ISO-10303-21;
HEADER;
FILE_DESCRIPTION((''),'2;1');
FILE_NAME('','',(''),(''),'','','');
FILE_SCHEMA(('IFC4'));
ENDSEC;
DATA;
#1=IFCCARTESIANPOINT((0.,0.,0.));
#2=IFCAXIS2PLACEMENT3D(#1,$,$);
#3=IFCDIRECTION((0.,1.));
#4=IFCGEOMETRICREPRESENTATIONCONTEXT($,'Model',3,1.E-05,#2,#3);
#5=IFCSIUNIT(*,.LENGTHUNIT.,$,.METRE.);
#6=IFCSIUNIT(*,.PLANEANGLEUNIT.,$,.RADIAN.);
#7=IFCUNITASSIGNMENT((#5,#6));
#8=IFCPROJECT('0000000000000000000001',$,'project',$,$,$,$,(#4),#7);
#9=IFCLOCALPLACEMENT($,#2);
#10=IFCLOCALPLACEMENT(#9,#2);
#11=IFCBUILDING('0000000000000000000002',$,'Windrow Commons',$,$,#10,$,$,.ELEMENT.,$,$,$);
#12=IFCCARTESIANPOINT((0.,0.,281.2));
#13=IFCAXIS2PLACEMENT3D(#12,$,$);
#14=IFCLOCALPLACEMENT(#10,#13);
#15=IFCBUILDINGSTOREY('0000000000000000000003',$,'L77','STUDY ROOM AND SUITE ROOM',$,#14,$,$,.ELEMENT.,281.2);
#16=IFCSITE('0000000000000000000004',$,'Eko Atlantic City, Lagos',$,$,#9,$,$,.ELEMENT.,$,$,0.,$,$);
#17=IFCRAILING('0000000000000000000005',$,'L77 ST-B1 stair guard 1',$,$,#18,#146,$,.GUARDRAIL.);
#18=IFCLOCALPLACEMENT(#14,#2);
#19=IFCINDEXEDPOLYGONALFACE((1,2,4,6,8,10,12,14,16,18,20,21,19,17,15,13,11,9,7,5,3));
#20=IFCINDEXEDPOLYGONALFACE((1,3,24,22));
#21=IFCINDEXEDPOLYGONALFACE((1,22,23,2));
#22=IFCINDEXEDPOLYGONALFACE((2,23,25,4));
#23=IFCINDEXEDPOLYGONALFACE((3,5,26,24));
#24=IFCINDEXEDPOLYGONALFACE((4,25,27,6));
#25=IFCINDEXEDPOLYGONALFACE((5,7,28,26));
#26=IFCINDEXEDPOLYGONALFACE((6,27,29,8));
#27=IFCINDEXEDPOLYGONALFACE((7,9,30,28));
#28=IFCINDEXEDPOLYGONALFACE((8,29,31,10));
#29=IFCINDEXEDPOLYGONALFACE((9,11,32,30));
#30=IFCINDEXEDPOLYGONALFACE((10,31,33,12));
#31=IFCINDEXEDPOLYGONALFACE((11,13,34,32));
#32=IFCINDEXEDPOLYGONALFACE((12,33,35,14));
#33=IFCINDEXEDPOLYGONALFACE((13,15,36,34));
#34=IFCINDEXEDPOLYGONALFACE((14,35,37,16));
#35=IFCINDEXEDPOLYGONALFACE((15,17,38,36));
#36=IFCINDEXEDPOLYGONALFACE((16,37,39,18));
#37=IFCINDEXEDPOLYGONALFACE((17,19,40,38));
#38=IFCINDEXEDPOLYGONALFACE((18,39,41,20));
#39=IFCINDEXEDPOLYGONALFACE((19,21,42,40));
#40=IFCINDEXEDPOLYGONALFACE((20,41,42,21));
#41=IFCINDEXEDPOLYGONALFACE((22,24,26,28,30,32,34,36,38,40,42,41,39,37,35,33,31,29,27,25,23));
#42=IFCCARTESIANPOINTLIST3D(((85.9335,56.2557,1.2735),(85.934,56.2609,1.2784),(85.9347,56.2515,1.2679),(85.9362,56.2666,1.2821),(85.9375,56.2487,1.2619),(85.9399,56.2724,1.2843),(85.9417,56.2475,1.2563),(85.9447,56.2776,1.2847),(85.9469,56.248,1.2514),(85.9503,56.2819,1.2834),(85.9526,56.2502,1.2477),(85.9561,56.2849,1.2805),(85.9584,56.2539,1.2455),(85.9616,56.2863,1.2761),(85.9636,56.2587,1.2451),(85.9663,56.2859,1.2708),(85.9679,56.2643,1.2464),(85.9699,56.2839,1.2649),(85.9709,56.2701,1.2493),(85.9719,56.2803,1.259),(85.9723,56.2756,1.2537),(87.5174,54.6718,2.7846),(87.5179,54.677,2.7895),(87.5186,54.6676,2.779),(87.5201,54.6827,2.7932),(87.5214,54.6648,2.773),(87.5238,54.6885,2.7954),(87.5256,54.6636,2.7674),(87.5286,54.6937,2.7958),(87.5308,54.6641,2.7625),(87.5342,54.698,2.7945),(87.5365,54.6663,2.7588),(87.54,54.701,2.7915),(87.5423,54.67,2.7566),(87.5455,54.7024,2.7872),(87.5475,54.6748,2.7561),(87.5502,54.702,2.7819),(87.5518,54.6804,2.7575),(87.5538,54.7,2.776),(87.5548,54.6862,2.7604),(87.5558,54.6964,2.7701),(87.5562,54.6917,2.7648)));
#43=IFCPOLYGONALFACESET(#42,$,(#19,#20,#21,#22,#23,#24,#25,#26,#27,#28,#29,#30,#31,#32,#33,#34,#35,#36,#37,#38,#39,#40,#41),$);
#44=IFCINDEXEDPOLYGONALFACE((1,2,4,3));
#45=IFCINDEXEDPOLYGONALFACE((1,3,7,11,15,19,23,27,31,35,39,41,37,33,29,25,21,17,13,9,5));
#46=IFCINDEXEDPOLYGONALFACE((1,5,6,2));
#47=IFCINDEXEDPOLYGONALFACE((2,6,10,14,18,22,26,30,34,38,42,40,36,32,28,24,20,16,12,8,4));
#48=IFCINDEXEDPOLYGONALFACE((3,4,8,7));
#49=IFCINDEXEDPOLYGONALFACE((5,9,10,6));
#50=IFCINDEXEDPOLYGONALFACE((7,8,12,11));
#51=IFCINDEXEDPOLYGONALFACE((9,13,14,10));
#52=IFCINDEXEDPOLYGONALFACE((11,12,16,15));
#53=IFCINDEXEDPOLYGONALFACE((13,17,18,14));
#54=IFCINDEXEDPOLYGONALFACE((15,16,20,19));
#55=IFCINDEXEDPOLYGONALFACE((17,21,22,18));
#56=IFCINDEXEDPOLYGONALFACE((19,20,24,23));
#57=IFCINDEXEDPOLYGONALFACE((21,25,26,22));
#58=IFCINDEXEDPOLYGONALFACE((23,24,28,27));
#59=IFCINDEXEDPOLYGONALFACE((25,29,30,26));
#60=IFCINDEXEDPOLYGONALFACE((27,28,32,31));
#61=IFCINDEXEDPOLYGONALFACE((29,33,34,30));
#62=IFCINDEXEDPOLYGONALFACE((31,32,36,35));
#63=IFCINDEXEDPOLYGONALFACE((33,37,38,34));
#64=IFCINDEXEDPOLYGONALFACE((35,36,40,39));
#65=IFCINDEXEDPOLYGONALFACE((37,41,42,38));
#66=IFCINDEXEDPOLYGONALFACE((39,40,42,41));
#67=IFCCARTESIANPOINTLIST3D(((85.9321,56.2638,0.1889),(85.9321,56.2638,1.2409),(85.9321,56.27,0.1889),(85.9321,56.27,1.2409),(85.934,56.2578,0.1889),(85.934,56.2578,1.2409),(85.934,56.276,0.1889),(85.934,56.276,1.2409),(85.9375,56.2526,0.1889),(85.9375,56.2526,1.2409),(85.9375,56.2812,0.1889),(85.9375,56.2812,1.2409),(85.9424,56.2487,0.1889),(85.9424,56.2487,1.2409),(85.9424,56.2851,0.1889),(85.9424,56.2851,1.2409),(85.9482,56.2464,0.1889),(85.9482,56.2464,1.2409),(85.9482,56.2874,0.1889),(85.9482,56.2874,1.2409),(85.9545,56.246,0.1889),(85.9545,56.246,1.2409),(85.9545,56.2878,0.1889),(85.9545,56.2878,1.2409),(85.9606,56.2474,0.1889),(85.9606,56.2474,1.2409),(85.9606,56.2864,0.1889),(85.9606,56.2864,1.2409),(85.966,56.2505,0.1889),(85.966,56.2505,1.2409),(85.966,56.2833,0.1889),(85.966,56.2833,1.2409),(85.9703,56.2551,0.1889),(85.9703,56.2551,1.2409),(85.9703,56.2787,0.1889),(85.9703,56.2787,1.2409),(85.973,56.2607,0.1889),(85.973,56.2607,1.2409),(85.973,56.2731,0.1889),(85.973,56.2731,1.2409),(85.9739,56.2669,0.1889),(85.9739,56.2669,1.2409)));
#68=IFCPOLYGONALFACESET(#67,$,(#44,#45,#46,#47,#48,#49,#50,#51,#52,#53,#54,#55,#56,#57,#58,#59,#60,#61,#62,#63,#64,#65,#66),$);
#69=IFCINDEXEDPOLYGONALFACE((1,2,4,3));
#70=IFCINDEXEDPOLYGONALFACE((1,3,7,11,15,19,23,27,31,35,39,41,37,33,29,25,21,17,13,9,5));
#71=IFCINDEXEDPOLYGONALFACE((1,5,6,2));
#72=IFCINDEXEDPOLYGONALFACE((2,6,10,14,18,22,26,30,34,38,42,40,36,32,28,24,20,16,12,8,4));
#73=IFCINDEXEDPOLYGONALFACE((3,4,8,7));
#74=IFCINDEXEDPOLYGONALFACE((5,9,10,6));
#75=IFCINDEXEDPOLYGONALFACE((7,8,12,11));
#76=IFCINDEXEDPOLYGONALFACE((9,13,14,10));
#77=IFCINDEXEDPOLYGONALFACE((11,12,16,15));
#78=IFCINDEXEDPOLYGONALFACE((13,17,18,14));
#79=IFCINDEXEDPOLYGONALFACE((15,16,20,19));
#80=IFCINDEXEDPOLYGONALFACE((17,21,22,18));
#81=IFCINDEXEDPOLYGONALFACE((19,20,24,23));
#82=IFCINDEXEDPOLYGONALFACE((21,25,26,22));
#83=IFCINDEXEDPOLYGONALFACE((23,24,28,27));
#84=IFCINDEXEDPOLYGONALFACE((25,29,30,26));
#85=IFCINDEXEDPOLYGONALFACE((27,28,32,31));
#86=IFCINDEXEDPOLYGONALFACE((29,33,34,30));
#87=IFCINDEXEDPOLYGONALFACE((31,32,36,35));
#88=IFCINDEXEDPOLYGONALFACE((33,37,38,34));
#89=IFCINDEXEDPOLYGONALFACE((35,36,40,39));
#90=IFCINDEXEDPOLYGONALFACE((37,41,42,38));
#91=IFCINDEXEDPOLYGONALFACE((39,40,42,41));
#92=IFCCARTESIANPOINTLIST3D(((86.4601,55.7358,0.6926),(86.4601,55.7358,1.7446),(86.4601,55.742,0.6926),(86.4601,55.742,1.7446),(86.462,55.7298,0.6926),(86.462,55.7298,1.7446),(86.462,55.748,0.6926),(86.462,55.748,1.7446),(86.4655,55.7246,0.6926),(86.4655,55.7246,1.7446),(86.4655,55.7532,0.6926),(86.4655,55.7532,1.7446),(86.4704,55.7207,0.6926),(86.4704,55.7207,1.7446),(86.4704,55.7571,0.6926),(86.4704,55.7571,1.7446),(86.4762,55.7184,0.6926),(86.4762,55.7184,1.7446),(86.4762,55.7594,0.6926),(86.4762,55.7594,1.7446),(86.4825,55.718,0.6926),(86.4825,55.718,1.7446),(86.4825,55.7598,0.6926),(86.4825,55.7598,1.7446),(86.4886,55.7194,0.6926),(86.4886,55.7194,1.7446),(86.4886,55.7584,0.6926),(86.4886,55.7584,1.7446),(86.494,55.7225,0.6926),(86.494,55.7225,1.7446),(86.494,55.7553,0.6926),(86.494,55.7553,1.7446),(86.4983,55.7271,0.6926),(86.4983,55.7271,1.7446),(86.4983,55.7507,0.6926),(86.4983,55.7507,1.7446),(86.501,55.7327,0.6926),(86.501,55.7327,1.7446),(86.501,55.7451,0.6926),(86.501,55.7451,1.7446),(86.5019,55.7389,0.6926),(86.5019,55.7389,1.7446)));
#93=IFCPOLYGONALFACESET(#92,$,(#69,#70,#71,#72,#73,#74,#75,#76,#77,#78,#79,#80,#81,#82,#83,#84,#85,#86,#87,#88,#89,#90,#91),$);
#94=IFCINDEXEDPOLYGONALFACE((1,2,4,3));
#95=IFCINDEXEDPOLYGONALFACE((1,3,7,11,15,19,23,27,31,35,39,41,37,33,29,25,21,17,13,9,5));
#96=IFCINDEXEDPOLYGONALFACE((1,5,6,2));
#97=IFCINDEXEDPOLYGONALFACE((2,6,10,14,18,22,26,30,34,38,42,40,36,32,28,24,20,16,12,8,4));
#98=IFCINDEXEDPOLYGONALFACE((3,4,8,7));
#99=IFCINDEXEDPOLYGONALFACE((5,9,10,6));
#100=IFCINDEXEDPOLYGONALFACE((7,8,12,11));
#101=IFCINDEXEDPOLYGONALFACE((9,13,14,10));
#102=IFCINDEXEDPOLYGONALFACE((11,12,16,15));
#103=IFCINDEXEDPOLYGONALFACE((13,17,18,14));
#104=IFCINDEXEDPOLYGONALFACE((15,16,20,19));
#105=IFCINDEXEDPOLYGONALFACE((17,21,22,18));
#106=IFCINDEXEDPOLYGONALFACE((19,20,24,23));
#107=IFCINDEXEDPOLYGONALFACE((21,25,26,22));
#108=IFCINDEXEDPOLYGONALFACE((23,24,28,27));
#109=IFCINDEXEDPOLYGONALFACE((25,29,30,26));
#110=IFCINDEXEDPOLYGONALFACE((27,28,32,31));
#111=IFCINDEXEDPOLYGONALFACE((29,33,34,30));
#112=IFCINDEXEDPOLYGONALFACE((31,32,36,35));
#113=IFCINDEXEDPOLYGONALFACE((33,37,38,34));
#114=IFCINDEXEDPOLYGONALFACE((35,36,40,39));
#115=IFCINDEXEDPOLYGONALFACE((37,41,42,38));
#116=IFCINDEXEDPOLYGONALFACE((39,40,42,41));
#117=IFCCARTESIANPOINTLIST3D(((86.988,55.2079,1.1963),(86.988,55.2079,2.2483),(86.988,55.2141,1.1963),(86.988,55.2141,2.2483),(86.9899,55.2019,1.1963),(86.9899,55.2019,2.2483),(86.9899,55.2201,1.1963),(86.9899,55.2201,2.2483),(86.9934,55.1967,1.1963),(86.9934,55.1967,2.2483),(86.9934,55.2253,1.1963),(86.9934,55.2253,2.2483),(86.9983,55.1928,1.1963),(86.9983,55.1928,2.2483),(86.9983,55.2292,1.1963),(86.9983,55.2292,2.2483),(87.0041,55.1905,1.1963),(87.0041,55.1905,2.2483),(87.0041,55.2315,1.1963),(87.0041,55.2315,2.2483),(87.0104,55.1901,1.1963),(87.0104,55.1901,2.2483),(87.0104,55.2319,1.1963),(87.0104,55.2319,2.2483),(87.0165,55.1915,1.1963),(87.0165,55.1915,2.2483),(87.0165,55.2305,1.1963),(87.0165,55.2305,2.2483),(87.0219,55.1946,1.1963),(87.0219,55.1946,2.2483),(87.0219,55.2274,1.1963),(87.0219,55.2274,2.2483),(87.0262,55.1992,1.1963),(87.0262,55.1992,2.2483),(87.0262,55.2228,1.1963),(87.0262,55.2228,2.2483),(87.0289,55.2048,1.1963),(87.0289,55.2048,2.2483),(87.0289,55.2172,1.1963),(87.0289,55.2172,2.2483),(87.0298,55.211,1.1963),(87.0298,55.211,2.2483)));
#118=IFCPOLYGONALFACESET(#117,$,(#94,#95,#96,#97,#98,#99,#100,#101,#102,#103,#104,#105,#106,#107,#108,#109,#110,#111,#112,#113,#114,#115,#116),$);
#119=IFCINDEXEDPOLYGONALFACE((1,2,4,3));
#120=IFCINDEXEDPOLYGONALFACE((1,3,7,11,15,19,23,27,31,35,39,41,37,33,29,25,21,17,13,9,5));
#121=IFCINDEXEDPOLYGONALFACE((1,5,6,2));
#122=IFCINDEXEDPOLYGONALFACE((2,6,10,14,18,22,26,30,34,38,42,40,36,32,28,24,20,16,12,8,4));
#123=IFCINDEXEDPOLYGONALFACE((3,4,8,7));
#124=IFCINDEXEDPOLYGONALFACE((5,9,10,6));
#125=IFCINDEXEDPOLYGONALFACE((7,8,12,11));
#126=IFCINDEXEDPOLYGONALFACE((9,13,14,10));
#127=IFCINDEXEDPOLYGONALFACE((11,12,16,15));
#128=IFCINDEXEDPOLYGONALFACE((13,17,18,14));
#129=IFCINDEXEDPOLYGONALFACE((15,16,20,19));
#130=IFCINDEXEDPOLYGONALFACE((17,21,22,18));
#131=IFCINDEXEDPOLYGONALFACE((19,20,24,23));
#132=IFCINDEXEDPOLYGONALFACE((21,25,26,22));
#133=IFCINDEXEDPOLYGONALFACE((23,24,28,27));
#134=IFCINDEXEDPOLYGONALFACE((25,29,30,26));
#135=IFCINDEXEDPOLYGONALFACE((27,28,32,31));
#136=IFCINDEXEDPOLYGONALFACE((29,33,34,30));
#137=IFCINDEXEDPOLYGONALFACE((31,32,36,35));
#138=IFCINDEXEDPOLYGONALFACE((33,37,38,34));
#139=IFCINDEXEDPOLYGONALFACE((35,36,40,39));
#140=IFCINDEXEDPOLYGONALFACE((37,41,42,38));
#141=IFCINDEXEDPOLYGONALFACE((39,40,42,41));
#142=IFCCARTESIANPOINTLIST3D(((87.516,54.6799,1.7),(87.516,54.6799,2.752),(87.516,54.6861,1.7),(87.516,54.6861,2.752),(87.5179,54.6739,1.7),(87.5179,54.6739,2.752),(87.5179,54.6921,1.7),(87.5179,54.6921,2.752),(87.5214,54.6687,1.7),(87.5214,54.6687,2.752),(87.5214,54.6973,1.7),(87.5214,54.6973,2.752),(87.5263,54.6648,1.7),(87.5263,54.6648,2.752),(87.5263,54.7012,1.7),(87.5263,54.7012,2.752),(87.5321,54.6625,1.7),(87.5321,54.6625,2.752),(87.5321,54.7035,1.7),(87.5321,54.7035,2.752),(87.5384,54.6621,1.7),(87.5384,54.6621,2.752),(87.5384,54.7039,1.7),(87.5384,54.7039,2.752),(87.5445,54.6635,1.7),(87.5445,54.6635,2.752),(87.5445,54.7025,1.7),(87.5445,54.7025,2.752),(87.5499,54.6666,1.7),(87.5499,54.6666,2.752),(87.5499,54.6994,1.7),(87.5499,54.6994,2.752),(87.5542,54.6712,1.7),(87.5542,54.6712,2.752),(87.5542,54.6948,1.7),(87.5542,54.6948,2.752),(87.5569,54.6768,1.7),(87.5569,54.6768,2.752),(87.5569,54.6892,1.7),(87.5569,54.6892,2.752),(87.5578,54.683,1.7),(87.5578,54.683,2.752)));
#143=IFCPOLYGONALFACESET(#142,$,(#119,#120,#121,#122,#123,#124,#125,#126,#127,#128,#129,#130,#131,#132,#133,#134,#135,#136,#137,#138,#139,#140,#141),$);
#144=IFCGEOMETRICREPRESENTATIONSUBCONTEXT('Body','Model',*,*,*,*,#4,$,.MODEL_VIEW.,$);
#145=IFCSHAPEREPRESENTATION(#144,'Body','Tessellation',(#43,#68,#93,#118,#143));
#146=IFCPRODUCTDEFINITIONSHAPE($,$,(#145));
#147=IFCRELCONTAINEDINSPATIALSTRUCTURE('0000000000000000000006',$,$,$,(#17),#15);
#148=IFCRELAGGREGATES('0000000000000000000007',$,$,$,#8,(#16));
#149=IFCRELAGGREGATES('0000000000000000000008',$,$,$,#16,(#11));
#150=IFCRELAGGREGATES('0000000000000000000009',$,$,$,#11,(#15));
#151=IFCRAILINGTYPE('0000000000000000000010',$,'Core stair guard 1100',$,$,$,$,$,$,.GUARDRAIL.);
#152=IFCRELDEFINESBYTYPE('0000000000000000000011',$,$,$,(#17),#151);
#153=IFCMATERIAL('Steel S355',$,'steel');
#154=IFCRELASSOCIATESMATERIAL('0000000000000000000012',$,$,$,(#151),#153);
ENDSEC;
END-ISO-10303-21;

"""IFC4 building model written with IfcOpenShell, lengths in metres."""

from ifc_helpers import new_model, si_unit, direction, frame, origin, origin_2d, place, context, subcontext, project, spatial, circle, extrude, material, type_object, element, save


model = new_model("IFC4")

# Units and contexts
model_context = context("Model", 3, precision=1e-05, world=origin(), true_north=direction((0.0, 1.0)))
body_context = subcontext(model_context, "Body", "Model", "MODEL_VIEW")
ifc_project = project(units=[si_unit("LENGTHUNIT", "METRE"), si_unit("PLANEANGLEUNIT", "RADIAN")], contexts=[model_context])

# Site, building, storey
site_placement = place(None, origin())
site = spatial("IfcSite", under=ifc_project, at=site_placement, Name="Eko Atlantic City, Lagos", CompositionType="ELEMENT", RefElevation=0.0)
building_placement = place(site_placement, origin())
building = spatial("IfcBuilding", under=site, at=building_placement, Name="Windrow Commons", CompositionType="ELEMENT")
storey_placement = place(building_placement, frame((0.0, 0.0, 281.2)))
storey = spatial("IfcBuildingStorey", under=building, at=storey_placement, Name="L77", Description="STUDY ROOM AND SUITE ROOM", CompositionType="ELEMENT", Elevation=281.2)

# Railing
ifc_material_1 = material(Name="Steel S355", Category="steel")
railing_type_1 = type_object("IfcRailingType", Name="Core stair guard 1100", PredefinedType="GUARDRAIL", material=ifc_material_1)
railing_1_placement = place(storey_placement, frame((85.9529, 56.2669, 0.1889)))
element("IfcRailing", 1, at=railing_1_placement, inside=storey, type_object=railing_type_1, Name="L77 ST-B1 stair guard 1", PredefinedType="GUARDRAIL", context=body_context, shape_type="SweptSolid", body=[
    extrude(circle(Radius=0.024, at=origin_2d()), frame((0.0, 0.0, 1.076), z_axis=(0.586191, -0.586191, 0.559249), x_axis=(0.707107, 0.707107, 0.0)), (0.0, 0.0, 1.0), 2.702),
    extrude(circle(Radius=0.021, at=origin_2d()), origin(), (0.0, 0.0, 1.0), 1.052),
    extrude(circle(Radius=0.021, at=origin_2d()), frame((0.528, -0.528, 0.5037)), (0.0, 0.0, 1.0), 1.052),
    extrude(circle(Radius=0.021, at=origin_2d()), frame((1.0559, -1.0559, 1.0074)), (0.0, 0.0, 1.0), 1.052),
    extrude(circle(Radius=0.021, at=origin_2d()), frame((1.5839, -1.5839, 1.5111)), (0.0, 0.0, 1.0), 1.052),
])

save(model, "model.ifc")
